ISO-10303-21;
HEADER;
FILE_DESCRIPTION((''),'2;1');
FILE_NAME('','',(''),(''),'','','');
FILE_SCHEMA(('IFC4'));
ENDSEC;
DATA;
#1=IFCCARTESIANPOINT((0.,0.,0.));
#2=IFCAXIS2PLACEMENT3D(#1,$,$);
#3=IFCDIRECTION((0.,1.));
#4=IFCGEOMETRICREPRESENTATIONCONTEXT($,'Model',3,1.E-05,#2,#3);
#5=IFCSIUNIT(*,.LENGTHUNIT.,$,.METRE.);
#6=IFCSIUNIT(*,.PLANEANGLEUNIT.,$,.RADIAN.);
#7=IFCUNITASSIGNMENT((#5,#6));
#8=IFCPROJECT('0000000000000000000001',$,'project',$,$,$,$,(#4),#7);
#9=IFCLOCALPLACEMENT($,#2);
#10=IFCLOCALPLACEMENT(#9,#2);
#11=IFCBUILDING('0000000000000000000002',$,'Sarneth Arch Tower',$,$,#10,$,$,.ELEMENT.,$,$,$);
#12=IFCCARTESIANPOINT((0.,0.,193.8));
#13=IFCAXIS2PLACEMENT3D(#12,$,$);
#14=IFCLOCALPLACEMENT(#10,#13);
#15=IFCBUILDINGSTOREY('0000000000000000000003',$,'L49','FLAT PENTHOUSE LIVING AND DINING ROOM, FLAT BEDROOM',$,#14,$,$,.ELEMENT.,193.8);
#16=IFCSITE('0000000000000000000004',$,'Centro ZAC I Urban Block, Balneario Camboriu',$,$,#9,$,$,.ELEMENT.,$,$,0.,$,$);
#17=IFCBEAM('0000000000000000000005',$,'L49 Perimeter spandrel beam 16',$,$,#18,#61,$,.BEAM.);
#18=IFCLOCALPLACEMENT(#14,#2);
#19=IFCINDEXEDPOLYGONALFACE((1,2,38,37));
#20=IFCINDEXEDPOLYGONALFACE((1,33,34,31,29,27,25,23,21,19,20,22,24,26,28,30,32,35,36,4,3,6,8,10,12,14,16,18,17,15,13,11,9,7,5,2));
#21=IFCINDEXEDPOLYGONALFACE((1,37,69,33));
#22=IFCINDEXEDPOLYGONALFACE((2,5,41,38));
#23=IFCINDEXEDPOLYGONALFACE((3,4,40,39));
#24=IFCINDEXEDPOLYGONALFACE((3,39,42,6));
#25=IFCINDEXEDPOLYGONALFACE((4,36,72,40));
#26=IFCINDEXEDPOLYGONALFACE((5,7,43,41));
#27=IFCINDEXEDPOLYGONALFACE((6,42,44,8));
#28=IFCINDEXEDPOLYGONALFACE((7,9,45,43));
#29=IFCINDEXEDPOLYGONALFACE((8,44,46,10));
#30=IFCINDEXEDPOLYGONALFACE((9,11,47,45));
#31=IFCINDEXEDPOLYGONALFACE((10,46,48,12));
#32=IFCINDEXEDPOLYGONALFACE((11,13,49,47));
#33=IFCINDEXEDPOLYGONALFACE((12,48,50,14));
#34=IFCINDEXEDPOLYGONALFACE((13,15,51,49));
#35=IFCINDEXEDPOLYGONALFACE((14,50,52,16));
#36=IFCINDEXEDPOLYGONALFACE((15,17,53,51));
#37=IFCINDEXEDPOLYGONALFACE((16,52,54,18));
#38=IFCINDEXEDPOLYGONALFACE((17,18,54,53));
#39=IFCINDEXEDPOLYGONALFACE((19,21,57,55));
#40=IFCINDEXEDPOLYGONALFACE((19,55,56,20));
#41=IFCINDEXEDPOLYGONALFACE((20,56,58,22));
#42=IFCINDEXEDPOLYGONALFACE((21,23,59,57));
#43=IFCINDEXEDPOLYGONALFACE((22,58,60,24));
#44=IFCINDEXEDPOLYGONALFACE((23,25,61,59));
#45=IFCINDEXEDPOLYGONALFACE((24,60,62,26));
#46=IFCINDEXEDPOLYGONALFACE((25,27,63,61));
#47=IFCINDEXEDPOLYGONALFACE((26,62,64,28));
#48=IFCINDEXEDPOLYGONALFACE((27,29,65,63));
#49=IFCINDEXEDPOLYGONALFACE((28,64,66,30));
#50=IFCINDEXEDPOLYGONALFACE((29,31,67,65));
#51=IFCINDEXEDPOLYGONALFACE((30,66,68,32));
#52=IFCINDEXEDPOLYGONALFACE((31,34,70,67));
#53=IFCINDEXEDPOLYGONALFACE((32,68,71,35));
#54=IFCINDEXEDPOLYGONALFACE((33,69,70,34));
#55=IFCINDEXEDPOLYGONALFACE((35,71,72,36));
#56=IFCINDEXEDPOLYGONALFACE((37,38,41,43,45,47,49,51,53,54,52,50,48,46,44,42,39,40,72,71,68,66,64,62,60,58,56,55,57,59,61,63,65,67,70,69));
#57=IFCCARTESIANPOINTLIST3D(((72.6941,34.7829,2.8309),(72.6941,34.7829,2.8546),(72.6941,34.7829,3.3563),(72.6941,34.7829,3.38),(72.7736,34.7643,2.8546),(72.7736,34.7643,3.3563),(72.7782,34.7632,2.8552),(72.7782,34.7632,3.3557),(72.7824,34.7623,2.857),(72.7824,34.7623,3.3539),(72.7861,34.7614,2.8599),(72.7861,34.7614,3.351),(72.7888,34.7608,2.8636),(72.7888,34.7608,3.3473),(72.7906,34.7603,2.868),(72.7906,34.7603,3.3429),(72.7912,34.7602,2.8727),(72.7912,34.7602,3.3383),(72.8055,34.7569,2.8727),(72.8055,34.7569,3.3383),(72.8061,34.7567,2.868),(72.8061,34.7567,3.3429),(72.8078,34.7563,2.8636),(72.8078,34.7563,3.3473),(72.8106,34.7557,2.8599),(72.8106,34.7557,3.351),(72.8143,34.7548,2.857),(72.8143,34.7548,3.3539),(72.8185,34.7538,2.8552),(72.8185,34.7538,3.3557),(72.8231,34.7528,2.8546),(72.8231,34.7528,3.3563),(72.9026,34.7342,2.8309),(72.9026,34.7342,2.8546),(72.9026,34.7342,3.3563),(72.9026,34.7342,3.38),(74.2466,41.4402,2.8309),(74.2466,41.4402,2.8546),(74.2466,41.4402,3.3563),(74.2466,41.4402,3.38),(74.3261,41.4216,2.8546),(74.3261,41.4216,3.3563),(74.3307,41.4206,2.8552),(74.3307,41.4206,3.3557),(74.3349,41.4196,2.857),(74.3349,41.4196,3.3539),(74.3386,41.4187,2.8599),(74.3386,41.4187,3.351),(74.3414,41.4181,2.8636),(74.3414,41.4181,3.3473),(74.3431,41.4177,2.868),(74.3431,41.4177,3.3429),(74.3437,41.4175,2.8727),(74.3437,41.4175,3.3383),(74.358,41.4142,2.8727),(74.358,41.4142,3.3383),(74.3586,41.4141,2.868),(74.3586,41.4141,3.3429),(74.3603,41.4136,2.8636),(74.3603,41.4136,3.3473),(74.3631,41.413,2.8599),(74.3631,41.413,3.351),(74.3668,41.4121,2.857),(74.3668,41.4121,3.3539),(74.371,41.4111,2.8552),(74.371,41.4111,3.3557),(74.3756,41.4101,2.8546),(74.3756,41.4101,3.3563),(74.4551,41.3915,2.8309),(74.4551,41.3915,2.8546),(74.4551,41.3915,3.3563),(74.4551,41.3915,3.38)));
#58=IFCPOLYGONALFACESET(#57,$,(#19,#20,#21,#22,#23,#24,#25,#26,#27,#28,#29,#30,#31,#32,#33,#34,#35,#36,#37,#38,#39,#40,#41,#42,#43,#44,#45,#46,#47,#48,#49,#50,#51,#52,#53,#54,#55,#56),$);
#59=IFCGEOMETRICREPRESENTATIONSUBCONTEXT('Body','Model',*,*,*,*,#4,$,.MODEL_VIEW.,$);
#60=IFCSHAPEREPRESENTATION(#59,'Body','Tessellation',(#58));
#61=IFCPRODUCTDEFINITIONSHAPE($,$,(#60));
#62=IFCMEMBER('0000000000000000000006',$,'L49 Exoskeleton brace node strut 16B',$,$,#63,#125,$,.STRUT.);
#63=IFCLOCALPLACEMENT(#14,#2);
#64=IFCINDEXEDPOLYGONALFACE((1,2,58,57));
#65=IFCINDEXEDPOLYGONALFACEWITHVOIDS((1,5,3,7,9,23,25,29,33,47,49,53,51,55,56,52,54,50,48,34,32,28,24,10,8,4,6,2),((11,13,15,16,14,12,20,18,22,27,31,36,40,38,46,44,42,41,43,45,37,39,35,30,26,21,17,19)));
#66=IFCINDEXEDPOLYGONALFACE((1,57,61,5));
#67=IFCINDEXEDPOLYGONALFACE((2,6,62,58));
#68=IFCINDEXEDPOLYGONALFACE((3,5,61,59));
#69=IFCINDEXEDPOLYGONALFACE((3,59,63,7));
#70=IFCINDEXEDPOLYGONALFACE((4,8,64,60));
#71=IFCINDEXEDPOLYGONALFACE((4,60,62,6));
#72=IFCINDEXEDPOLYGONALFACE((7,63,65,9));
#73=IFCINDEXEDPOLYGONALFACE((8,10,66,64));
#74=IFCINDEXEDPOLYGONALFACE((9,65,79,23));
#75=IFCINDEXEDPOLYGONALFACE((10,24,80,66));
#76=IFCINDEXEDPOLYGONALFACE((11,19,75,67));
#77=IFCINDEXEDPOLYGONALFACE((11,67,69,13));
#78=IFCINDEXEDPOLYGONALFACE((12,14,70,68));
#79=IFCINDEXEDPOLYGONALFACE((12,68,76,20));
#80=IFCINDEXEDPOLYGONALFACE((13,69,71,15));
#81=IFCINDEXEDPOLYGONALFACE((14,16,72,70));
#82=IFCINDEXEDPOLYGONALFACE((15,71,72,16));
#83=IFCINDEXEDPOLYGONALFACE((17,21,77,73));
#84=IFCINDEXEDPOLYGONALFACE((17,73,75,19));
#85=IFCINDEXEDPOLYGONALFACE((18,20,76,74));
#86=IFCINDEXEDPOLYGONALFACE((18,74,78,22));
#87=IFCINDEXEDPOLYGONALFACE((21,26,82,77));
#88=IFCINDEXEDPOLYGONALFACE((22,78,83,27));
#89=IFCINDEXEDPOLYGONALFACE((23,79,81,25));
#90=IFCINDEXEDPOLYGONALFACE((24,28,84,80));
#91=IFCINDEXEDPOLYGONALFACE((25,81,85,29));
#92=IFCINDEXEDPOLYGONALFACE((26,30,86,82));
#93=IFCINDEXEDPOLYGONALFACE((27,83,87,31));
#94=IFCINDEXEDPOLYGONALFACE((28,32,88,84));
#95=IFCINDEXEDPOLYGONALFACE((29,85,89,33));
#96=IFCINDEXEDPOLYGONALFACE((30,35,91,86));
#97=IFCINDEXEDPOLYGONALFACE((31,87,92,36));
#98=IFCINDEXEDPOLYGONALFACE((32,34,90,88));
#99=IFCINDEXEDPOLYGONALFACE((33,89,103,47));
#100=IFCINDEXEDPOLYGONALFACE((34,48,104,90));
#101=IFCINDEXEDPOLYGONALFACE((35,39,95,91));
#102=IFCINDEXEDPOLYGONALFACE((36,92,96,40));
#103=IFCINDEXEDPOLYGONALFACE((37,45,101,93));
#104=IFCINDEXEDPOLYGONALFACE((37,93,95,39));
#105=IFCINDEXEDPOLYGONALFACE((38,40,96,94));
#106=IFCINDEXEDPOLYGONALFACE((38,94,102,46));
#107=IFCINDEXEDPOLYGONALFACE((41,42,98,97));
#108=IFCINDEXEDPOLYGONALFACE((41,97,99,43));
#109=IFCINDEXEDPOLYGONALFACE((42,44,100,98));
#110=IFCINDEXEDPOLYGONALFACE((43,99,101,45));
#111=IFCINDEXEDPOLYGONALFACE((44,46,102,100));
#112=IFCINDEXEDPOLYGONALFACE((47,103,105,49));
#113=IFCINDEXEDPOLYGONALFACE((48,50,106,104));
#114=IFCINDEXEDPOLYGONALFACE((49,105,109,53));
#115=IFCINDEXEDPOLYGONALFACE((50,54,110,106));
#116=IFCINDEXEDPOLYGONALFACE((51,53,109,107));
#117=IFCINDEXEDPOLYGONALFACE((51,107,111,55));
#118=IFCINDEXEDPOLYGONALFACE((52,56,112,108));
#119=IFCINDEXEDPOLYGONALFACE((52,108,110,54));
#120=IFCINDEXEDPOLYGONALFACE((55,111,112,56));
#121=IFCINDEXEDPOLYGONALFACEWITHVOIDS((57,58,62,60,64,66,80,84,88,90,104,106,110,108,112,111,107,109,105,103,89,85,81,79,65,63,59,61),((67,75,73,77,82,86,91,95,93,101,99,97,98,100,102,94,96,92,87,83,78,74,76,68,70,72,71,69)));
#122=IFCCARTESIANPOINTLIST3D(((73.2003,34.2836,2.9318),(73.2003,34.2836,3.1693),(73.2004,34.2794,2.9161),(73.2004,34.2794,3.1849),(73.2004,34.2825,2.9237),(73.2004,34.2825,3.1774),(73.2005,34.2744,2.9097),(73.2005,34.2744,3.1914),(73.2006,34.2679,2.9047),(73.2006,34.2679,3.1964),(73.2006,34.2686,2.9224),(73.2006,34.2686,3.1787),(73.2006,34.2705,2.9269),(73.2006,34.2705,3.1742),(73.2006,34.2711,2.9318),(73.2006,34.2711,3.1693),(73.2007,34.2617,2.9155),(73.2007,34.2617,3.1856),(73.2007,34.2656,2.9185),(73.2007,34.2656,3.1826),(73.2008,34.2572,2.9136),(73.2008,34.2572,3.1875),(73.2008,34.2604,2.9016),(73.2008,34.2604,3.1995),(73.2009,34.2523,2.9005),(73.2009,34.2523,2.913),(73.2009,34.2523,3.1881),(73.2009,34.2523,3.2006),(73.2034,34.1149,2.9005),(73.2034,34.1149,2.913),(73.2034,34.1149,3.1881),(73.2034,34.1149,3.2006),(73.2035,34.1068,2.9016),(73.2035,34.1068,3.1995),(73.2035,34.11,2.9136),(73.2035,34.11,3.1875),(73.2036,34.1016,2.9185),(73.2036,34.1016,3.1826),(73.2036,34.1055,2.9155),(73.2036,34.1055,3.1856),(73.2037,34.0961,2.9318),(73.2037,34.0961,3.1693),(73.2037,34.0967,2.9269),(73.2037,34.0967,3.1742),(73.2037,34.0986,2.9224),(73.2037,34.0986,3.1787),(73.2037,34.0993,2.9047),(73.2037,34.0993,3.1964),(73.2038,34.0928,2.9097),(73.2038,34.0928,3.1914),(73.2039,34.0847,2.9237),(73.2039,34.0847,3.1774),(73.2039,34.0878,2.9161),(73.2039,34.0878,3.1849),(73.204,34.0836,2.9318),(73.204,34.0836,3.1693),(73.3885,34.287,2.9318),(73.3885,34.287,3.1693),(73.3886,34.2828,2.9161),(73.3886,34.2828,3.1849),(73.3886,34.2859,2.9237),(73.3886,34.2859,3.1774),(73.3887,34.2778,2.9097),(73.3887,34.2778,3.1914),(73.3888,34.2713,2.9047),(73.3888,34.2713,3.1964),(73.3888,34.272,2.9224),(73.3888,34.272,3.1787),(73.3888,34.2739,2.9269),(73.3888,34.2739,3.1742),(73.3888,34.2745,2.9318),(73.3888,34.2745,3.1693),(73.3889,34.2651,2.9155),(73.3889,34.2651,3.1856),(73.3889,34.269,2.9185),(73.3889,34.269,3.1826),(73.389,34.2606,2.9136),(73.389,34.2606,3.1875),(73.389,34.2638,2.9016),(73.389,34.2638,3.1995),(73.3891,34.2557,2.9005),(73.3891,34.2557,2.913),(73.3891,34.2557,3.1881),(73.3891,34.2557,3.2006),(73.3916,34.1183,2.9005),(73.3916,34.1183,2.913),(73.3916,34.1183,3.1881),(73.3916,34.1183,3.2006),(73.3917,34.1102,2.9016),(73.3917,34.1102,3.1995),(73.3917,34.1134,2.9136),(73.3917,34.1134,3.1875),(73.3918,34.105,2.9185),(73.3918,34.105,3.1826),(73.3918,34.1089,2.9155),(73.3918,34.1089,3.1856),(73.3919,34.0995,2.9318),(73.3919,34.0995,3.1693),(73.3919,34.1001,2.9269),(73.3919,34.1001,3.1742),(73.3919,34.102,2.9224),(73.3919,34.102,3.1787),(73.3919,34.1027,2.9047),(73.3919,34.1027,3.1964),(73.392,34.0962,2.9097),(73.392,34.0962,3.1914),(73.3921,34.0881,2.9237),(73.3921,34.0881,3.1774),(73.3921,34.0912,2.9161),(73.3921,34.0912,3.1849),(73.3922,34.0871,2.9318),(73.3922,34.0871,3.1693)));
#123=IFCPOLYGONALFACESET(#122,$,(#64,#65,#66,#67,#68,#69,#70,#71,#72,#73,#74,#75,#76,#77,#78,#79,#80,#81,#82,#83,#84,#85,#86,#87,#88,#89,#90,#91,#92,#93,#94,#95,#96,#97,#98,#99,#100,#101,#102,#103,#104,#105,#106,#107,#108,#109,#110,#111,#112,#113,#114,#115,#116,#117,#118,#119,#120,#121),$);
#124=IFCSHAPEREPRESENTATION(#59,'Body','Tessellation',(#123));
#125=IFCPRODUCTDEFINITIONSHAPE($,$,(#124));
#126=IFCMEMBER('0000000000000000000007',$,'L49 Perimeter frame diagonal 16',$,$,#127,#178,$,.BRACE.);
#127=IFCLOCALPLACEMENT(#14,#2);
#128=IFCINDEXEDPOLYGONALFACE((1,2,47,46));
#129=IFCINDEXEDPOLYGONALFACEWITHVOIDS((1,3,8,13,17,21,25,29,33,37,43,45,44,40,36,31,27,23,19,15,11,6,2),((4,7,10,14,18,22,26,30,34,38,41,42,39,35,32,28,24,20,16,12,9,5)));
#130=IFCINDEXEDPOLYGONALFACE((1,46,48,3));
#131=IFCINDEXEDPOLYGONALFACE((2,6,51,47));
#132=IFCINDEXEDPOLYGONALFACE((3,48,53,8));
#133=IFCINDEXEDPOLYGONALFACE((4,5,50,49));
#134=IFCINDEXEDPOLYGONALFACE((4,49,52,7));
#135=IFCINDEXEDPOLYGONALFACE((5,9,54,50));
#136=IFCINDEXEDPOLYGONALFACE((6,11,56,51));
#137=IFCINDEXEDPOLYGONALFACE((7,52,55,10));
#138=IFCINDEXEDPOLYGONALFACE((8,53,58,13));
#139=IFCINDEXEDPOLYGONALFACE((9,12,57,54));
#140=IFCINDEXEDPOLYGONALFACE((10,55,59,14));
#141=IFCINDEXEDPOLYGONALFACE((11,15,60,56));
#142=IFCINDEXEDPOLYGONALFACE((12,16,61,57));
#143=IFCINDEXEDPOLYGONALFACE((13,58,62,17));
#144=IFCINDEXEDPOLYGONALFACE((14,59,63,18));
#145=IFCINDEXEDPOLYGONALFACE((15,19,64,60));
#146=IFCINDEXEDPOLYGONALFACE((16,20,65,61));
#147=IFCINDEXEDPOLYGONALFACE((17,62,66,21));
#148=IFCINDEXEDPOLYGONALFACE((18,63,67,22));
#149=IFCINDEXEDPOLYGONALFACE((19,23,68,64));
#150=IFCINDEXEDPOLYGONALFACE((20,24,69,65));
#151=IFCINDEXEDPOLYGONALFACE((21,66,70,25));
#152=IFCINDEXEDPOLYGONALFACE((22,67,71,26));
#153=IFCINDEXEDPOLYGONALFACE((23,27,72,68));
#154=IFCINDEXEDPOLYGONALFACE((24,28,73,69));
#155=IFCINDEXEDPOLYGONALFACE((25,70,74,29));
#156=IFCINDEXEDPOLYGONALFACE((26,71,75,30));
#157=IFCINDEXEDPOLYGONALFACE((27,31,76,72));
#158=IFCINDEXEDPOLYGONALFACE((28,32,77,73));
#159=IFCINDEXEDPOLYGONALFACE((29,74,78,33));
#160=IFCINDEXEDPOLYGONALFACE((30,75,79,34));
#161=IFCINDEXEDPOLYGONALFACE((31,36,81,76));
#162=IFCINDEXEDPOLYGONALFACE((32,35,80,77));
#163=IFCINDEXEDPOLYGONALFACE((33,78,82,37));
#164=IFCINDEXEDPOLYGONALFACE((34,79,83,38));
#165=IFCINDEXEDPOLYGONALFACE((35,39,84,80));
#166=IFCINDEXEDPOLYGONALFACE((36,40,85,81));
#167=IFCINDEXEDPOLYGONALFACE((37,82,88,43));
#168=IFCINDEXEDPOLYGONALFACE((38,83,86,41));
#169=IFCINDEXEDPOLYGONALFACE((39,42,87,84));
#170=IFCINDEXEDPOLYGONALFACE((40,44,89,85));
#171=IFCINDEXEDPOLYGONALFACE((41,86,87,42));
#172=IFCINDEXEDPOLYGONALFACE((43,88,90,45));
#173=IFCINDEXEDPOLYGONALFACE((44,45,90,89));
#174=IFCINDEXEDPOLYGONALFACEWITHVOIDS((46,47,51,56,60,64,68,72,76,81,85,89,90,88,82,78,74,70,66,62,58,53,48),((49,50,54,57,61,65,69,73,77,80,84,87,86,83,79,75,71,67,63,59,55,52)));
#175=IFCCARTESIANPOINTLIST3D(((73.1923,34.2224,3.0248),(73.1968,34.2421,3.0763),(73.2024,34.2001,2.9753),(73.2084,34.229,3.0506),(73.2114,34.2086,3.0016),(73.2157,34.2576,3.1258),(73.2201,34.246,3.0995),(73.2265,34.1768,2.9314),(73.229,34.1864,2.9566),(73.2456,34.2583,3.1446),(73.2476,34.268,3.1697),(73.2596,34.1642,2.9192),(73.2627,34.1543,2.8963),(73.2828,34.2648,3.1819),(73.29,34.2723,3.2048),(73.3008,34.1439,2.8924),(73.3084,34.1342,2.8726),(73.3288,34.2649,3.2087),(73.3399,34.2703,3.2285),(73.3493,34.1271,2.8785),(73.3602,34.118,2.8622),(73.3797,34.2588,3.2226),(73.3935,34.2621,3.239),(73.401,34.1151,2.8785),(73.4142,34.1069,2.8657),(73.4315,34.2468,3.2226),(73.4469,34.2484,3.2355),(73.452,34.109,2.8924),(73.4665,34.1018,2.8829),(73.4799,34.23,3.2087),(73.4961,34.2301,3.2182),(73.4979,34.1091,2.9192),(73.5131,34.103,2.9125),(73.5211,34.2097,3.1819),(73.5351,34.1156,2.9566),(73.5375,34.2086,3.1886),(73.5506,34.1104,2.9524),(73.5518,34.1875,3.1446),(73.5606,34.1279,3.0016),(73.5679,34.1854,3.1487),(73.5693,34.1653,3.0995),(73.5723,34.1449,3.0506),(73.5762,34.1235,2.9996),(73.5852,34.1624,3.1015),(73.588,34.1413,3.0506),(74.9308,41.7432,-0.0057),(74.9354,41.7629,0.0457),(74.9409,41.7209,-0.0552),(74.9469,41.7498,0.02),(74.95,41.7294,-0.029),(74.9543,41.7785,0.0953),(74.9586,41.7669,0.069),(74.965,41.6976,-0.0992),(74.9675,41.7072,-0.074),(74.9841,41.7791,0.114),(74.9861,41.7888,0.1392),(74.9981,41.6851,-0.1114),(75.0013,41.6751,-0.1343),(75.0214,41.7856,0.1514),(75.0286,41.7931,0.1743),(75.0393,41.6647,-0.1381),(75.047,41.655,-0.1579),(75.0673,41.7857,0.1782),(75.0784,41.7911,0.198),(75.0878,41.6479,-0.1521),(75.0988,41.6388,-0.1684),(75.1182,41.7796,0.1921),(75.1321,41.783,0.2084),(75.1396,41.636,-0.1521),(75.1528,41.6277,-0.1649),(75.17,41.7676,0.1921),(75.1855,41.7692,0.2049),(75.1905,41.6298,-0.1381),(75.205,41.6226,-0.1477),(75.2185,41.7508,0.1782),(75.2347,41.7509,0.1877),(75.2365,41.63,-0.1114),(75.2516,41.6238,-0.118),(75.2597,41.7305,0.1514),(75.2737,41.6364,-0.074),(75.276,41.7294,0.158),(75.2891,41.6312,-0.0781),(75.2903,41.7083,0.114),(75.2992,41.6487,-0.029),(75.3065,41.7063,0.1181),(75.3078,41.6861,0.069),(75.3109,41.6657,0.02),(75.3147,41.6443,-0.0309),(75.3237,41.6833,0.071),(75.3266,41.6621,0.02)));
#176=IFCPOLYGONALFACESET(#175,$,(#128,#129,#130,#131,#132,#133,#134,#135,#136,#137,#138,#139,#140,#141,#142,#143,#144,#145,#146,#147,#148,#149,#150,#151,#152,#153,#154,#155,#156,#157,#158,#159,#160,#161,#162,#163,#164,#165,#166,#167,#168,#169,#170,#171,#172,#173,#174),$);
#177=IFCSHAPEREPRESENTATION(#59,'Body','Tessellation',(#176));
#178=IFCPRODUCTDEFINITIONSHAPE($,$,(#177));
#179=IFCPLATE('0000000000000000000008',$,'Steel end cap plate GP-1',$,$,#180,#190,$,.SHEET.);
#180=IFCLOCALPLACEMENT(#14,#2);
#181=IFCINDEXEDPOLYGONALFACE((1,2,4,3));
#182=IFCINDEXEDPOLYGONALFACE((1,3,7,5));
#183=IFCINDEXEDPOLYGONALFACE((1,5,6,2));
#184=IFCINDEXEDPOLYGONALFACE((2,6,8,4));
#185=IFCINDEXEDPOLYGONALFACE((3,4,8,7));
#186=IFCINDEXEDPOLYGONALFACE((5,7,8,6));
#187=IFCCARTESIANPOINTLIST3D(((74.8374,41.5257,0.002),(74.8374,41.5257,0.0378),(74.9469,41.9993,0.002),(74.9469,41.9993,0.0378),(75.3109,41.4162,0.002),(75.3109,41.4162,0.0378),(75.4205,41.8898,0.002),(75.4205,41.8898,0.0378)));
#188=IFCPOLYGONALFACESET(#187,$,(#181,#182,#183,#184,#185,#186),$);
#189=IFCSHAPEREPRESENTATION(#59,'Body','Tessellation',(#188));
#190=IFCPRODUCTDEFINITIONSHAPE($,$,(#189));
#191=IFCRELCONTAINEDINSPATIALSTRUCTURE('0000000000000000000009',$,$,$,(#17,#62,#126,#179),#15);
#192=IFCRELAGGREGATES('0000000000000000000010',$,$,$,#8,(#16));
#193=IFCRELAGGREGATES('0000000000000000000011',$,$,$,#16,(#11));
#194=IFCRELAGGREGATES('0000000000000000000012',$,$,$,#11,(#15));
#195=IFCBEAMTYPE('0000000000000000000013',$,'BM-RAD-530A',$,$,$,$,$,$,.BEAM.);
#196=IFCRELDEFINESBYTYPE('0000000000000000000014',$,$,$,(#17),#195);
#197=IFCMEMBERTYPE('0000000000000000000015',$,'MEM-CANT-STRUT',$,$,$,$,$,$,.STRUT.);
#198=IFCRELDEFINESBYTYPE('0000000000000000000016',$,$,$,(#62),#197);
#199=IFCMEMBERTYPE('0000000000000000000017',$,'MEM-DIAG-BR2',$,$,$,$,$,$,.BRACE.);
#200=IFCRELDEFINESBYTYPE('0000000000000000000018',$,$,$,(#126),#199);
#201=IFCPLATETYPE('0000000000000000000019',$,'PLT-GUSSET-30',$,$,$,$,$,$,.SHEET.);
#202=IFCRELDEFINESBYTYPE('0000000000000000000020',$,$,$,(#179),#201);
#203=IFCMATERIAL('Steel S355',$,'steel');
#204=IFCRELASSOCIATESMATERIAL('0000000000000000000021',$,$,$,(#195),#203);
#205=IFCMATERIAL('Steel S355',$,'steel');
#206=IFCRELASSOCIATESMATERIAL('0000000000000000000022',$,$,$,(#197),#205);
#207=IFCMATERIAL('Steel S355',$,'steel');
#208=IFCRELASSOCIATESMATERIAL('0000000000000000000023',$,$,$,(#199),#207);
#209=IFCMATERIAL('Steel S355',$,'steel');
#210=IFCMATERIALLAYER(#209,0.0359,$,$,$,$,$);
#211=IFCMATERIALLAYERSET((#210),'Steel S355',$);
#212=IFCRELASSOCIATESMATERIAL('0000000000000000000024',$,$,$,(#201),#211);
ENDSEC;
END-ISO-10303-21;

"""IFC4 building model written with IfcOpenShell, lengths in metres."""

from ifc_helpers import new_model, si_unit, direction, frame, origin, origin_2d, place, context, subcontext, project, spatial, rectangle, hollow_rectangle, hollow_circle, i_section, extrude, material, layer, layer_set, material_profile, profile_set, type_object, element, save


model = new_model("IFC4")

# Units and contexts
model_context = context("Model", 3, precision=1e-05, world=origin(), true_north=direction((0.0, 1.0)))
body_context = subcontext(model_context, "Body", "Model", "MODEL_VIEW")
ifc_project = project(units=[si_unit("LENGTHUNIT", "METRE"), si_unit("PLANEANGLEUNIT", "RADIAN")], contexts=[model_context])

# Site, building, storey
site_placement = place(None, origin())
site = spatial("IfcSite", under=ifc_project, at=site_placement, Name="Centro ZAC I Urban Block, Balneario Camboriu", CompositionType="ELEMENT", RefElevation=0.0)
building_placement = place(site_placement, origin())
building = spatial("IfcBuilding", under=site, at=building_placement, Name="Sarneth Arch Tower", CompositionType="ELEMENT")
storey_placement = place(building_placement, frame((0.0, 0.0, 193.8)))
storey = spatial("IfcBuildingStorey", under=building, at=storey_placement, Name="L49", Description="FLAT PENTHOUSE LIVING AND DINING ROOM, FLAT BEDROOM", CompositionType="ELEMENT", Elevation=193.8)

# Beam
ifc_material_1 = material(Name="Steel S355", Category="steel")
ifc_material_profile_1 = material_profile(ifc_material_1, i_section(OverallWidth=0.2141, OverallDepth=0.5491, WebThickness=0.0146, FlangeThickness=0.0237, FilletRadius=0.0181, at=origin_2d()), Name="W530x138")
ifc_profile_set_1 = profile_set([ifc_material_profile_1], Name="Steel S355")
beam_type_1 = type_object("IfcBeamType", Name="BM-RAD-530A", PredefinedType="BEAM", material=ifc_profile_set_1)
beam_1_placement = place(storey_placement, frame((72.7983, 34.7585, 3.1055), z_axis=(0.22711, 0.973869, 0.0), x_axis=(-0.973869, 0.22711, 0.0)))
element("IfcBeam", 1, at=beam_1_placement, inside=storey, type_object=beam_type_1, Name="L49 Perimeter spandrel beam 16", PredefinedType="BEAM", context=body_context, shape_type="SweptSolid", body=[
    extrude(i_section(OverallWidth=0.2141, OverallDepth=0.5491, WebThickness=0.0146, FlangeThickness=0.0237, FilletRadius=0.0181, at=origin_2d()), origin(), (0.0, 0.0, 1.0), 6.8359),
])

# Members
ifc_material_2 = material(Name="Steel S355", Category="steel")
ifc_material_profile_2 = material_profile(ifc_material_2, hollow_rectangle(XDim=0.2, YDim=0.3, WallThickness=0.0125, InnerFilletRadius=0.0188, OuterFilletRadius=0.0312, at=origin_2d()), Name="RHS300x200x12.5")
ifc_profile_set_2 = profile_set([ifc_material_profile_2], Name="Steel S355")
member_type_1 = type_object("IfcMemberType", Name="MEM-CANT-STRUT", PredefinedType="STRUT", material=ifc_profile_set_2)
member_1_placement = place(storey_placement, frame((73.2021, 34.1836, 3.0505), z_axis=(0.999835, 0.018155, 0.0), x_axis=(-0.018155, 0.999835, 0.0)))
element("IfcMember", 2, at=member_1_placement, inside=storey, type_object=member_type_1, Name="L49 Exoskeleton brace node strut 16B", PredefinedType="STRUT", context=body_context, shape_type="SweptSolid", body=[
    extrude(hollow_rectangle(XDim=0.2, YDim=0.3, WallThickness=0.0125, InnerFilletRadius=0.0188, OuterFilletRadius=0.0312, at=origin_2d()), origin(), (0.0, 0.0, 1.0), 0.1882),
])
ifc_material_3 = material(Name="Steel S355", Category="steel")
ifc_material_profile_3 = material_profile(ifc_material_3, hollow_circle(Radius=0.2029, WallThickness=0.0161, at=origin_2d()), Name="CHS406x16")
ifc_profile_set_3 = profile_set([ifc_material_profile_3], Name="Steel S355")
member_type_2 = type_object("IfcMemberType", Name="MEM-DIAG-BR2", PredefinedType="BRACE", material=ifc_profile_set_3)
member_2_placement = place(storey_placement, frame((75.1289, 41.7078, 0.02), z_axis=(-0.209646, -0.906917, 0.365446), x_axis=(0.974307, -0.225224, 0.0)))
element("IfcMember", 3, at=member_2_placement, inside=storey, type_object=member_type_2, Name="L49 Perimeter frame diagonal 16", PredefinedType="BRACE", context=body_context, shape_type="SweptSolid", body=[
    extrude(hollow_circle(Radius=0.2029, WallThickness=0.0161, at=origin_2d()), origin(), (0.0, 0.0, 1.0), 8.2927),
])

# Plate
ifc_material_4 = material(Name="Steel S355", Category="steel")
ifc_layer_1 = layer(ifc_material_4, 0.0359)
ifc_layer_set_1 = layer_set([ifc_layer_1], Name="Steel S355")
plate_type = type_object("IfcPlateType", Name="PLT-GUSSET-30", PredefinedType="SHEET", material=ifc_layer_set_1)
for number, where, z_axis, x_axis, name in (
    (4, (75.1289, 41.7078, 0.002), (0.0, 0.0, 1.0), (0.225291, 0.974291, 0.0), "Steel end cap plate GP-1"),
):
    element("IfcPlate", number, at=place(storey_placement, frame(where, z_axis=z_axis, x_axis=x_axis)), inside=storey, type_object=plate_type, Name=name, PredefinedType="SHEET", context=body_context, shape_type="SweptSolid", body=[
        extrude(rectangle(XDim=0.4861, YDim=0.4861, at=origin_2d()), origin(), (0.0, 0.0, 1.0), 0.0359),
    ])

save(model, "model.ifc")
